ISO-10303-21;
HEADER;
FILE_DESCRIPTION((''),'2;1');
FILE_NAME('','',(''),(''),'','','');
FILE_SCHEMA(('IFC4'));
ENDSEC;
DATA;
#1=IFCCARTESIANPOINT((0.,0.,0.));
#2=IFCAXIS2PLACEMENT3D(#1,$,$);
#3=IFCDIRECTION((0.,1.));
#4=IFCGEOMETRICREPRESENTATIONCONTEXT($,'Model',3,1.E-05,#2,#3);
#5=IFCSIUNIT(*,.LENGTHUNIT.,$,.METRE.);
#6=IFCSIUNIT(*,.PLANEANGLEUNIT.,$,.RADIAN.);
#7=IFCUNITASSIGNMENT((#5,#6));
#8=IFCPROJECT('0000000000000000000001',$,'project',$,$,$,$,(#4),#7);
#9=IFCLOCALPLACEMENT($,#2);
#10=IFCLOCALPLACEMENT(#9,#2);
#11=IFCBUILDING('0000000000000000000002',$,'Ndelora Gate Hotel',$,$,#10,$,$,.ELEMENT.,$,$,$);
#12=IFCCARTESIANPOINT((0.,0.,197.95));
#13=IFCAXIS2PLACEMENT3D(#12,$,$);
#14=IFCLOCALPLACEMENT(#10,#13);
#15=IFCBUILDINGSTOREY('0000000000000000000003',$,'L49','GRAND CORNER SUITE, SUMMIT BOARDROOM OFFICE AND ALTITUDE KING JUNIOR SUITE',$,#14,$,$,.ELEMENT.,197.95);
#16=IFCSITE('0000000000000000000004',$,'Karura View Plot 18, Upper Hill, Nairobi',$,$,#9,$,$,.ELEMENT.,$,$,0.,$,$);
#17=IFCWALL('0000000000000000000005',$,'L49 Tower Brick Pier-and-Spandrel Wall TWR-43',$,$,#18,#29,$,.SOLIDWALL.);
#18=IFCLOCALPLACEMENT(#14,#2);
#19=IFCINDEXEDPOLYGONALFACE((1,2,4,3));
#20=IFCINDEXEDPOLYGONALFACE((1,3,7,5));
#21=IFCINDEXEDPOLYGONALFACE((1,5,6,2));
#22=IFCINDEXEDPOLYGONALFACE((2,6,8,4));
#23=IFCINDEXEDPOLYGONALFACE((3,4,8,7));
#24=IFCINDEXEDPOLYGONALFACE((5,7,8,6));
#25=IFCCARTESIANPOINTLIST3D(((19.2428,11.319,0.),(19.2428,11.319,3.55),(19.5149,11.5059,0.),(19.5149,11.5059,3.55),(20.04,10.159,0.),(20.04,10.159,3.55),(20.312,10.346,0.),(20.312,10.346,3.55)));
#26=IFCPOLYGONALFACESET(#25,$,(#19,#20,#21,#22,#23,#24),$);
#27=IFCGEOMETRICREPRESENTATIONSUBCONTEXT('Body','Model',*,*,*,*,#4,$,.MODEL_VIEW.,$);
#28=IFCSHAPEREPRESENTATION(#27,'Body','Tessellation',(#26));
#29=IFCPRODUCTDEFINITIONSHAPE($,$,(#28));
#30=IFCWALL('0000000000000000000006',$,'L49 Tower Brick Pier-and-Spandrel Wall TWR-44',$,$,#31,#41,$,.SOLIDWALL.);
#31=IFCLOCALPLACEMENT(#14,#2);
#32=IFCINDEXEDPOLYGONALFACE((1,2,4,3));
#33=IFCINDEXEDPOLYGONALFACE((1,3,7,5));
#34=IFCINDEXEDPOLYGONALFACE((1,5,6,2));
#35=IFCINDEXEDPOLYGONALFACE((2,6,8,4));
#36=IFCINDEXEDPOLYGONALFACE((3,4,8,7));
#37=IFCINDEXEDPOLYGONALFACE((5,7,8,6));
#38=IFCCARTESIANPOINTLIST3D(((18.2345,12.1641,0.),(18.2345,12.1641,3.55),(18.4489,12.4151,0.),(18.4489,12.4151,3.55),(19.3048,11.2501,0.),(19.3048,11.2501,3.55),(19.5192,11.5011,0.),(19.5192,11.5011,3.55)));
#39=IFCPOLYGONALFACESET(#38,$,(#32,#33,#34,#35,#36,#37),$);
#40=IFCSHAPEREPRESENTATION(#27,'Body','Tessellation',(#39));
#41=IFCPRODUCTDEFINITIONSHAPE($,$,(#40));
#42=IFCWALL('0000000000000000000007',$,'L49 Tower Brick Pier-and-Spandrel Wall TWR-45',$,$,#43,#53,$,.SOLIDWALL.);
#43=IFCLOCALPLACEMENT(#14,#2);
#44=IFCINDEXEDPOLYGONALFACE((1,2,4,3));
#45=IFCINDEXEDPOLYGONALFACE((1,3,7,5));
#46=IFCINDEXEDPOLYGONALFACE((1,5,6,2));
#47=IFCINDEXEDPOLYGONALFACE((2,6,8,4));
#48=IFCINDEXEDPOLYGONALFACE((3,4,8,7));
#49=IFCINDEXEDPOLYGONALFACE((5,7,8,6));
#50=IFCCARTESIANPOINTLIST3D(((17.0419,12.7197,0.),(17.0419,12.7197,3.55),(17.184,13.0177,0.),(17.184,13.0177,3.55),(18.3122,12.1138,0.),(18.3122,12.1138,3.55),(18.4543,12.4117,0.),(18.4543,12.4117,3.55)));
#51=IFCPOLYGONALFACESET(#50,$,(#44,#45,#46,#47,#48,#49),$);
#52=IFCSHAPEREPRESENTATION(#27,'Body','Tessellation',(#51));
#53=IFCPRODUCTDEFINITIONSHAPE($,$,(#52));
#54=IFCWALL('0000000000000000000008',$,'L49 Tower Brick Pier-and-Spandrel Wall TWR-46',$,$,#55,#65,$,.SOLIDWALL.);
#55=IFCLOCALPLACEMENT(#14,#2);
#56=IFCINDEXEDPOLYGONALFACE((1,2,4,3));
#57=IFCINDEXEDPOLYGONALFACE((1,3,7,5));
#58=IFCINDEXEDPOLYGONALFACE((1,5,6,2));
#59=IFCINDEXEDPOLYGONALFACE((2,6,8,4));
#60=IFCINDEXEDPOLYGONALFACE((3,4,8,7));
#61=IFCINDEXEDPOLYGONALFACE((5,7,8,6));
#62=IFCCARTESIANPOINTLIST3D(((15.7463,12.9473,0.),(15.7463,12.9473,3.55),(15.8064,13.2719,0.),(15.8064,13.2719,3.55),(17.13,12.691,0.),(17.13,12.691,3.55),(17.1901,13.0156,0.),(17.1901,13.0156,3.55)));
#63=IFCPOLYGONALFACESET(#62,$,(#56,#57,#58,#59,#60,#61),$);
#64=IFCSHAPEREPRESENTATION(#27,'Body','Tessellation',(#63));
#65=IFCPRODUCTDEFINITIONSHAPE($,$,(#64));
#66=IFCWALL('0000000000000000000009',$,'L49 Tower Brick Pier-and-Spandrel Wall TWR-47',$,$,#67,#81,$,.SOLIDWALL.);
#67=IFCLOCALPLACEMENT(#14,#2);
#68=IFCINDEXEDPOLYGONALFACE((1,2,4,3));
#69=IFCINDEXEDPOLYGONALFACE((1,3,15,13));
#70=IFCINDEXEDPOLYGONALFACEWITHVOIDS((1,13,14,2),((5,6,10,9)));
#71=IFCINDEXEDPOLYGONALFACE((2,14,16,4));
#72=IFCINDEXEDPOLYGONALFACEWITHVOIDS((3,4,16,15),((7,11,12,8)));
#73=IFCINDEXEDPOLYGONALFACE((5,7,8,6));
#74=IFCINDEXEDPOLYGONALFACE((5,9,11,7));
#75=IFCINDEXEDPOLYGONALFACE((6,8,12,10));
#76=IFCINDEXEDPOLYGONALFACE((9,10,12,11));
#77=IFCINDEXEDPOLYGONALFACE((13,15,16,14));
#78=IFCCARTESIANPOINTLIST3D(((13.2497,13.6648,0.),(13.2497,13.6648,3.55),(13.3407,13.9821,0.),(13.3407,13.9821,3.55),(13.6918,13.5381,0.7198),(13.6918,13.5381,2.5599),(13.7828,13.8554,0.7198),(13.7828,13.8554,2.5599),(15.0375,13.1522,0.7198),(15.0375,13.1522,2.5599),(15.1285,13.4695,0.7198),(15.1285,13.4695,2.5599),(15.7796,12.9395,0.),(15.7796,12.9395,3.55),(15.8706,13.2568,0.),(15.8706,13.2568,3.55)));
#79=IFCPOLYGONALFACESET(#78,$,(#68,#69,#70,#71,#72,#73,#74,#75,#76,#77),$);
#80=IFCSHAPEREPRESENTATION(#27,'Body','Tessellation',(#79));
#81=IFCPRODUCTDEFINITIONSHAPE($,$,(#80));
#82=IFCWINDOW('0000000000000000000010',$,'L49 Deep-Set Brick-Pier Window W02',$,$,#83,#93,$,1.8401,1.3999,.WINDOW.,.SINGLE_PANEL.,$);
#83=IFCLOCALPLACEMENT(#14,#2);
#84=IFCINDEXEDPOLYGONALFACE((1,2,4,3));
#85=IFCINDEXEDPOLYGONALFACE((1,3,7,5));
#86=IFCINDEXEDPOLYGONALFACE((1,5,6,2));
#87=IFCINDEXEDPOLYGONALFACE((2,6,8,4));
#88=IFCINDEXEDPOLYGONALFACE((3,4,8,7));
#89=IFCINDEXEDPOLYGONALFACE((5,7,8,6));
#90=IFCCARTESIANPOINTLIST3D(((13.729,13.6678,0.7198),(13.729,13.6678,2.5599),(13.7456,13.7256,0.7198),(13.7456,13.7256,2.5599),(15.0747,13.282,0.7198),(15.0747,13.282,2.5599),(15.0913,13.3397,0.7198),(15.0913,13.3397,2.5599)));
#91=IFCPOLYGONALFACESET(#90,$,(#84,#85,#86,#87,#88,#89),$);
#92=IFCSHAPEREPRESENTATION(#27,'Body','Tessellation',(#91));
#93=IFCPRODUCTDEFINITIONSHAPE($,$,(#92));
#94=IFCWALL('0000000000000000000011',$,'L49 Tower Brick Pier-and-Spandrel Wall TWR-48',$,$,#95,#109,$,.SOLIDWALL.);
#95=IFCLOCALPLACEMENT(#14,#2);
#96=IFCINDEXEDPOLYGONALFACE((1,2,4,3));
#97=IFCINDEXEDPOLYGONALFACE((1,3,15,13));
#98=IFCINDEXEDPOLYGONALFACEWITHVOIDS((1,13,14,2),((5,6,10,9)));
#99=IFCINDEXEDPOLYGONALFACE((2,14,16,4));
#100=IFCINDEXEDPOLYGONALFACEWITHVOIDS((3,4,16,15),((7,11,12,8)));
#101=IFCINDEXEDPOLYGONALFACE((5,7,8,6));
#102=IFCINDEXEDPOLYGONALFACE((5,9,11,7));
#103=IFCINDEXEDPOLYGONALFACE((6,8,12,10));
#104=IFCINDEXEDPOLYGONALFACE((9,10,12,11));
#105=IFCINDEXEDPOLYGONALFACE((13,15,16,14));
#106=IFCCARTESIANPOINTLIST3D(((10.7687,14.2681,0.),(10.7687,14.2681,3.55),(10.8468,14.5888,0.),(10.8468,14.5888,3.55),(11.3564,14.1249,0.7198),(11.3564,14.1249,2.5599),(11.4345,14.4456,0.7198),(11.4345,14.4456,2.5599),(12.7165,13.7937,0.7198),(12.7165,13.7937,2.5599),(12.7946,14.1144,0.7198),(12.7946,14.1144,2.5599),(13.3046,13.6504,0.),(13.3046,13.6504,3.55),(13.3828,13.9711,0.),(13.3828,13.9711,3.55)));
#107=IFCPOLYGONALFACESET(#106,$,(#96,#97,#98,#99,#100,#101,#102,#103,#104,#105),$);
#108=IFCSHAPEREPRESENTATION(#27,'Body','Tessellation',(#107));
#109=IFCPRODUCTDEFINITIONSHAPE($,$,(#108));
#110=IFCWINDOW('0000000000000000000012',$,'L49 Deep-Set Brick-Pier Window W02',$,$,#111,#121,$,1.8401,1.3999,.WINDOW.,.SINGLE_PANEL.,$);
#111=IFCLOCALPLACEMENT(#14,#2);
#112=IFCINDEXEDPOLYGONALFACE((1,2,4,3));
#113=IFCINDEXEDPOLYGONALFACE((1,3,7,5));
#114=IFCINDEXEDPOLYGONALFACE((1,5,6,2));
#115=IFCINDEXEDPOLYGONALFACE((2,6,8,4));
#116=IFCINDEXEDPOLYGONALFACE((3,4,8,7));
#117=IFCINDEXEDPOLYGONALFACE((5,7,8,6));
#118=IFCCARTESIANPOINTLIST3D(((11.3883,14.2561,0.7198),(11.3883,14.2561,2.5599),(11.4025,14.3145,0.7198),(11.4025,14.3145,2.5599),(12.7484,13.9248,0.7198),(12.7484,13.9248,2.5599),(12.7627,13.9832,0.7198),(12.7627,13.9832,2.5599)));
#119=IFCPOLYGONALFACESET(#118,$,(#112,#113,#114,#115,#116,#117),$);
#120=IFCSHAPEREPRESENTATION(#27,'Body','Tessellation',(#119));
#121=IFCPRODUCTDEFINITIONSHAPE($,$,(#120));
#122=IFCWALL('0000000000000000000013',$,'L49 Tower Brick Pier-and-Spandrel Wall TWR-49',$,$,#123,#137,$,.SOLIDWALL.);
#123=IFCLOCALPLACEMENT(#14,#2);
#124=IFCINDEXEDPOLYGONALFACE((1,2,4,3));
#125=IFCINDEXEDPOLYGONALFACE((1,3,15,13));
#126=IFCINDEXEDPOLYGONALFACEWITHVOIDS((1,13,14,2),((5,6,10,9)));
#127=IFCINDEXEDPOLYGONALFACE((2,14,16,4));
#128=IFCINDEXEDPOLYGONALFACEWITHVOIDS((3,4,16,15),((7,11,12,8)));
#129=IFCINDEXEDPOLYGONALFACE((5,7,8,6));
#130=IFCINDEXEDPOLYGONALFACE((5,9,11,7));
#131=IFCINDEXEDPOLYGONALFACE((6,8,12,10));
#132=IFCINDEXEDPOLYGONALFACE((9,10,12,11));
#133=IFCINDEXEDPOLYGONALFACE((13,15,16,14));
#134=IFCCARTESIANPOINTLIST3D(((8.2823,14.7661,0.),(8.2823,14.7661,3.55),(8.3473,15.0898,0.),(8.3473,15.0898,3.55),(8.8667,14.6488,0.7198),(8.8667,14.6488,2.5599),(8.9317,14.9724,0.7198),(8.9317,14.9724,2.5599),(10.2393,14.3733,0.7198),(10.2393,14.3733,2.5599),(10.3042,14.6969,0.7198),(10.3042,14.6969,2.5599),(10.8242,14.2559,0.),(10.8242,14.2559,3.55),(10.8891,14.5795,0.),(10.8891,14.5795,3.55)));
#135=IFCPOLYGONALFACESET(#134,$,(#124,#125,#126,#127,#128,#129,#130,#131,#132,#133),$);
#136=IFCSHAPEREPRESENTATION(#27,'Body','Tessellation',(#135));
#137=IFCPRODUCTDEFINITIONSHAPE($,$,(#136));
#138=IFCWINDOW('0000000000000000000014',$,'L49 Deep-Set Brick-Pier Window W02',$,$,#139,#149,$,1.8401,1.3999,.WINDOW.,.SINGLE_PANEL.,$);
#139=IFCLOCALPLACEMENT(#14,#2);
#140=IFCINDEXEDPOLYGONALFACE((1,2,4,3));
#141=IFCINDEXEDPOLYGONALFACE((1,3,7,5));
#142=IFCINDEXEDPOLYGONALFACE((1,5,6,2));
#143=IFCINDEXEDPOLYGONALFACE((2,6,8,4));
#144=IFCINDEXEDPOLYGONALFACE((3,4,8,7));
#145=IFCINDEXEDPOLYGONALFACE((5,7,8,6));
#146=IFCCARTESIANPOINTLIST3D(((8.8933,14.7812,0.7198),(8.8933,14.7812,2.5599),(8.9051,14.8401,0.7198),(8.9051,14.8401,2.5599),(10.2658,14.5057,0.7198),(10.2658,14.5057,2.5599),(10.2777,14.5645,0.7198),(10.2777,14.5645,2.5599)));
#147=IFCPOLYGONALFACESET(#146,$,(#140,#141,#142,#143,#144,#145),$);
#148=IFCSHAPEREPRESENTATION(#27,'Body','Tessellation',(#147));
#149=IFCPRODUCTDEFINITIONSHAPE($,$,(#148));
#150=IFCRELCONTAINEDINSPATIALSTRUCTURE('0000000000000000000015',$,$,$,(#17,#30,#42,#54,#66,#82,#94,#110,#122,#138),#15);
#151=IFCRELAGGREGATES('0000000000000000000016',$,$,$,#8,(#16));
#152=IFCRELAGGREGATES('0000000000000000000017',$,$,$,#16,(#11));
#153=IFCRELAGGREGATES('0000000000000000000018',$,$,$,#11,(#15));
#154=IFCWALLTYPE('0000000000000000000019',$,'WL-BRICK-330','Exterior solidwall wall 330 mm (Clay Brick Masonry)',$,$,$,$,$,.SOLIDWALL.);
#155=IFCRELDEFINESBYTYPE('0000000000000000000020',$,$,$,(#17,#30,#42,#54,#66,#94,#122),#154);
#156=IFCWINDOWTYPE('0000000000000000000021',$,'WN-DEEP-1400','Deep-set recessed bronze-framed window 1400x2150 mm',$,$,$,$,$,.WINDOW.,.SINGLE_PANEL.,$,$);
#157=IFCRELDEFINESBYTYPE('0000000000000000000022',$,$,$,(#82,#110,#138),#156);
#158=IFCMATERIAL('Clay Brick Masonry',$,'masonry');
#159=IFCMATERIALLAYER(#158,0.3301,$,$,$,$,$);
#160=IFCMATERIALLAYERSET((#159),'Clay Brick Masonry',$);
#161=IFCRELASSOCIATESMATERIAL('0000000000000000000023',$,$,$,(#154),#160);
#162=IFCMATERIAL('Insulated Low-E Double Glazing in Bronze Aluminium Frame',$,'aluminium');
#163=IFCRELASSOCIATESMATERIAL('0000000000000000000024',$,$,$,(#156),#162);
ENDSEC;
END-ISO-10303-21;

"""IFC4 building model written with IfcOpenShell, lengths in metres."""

from ifc_helpers import new_model, si_unit, direction, frame, frame_2d, origin, place, context, subcontext, project, spatial, rectangle, extrude, material, layer, layer_set, type_object, element, fill, save


model = new_model("IFC4")

# Units and contexts
model_context = context("Model", 3, precision=1e-05, world=origin(), true_north=direction((0.0, 1.0)))
body_context = subcontext(model_context, "Body", "Model", "MODEL_VIEW")
ifc_project = project(units=[si_unit("LENGTHUNIT", "METRE"), si_unit("PLANEANGLEUNIT", "RADIAN")], contexts=[model_context])

# Site, building, storey
site_placement = place(None, origin())
site = spatial("IfcSite", under=ifc_project, at=site_placement, Name="Karura View Plot 18, Upper Hill, Nairobi", CompositionType="ELEMENT", RefElevation=0.0)
building_placement = place(site_placement, origin())
building = spatial("IfcBuilding", under=site, at=building_placement, Name="Ndelora Gate Hotel", CompositionType="ELEMENT")
storey_placement = place(building_placement, frame((0.0, 0.0, 197.95)))
storey = spatial("IfcBuildingStorey", under=building, at=storey_placement, Name="L49", Description="GRAND CORNER SUITE, SUMMIT BOARDROOM OFFICE AND ALTITUDE KING JUNIOR SUITE", CompositionType="ELEMENT", Elevation=197.95)

# Walls
ifc_material_1 = material(Name="Clay Brick Masonry", Category="masonry")
ifc_layer_1 = layer(ifc_material_1, 0.3301)
ifc_layer_set_1 = layer_set([ifc_layer_1], Name="Clay Brick Masonry")
wall_type_1 = type_object("IfcWallType", Name="WL-BRICK-330", Description="Exterior solidwall wall 330 mm (Clay Brick Masonry)", PredefinedType="SOLIDWALL", material=ifc_layer_set_1)
for number, where, z_axis, x_axis, name in (
    (1, (19.3789, 11.4124, 0.0), (0.0, 0.0, 1.0), (0.566374, -0.824148, 0.0), "L49 Tower Brick Pier-and-Spandrel Wall TWR-43"),
    (2, (18.3418, 12.2896, 0.0), (0.0, 0.0, 1.0), (0.760431, -0.649419, 0.0), "L49 Tower Brick Pier-and-Spandrel Wall TWR-44"),
    (3, (17.113, 12.8687, 0.0), (0.0, 0.0, 1.0), (0.902565, -0.430553, 0.0), "L49 Tower Brick Pier-and-Spandrel Wall TWR-45"),
):
    element("IfcWall", number, at=place(storey_placement, frame(where, z_axis=z_axis, x_axis=x_axis)), inside=storey, type_object=wall_type_1, Name=name, PredefinedType="SOLIDWALL", context=body_context, shape_type="SweptSolid", body=[
        extrude(rectangle(XDim=1.4075, YDim=0.3301, at=frame_2d((0.7036, 0.0))), origin(), (0.0, 0.0, 1.0), 3.55),
    ])
wall_1_placement = place(storey_placement, frame((15.7764, 13.1096, 0.0), z_axis=(0.0, 0.0, 1.0), x_axis=(0.98327, -0.182151, 0.0)))
element("IfcWall", 4, at=wall_1_placement, inside=storey, type_object=wall_type_1, Name="L49 Tower Brick Pier-and-Spandrel Wall TWR-46", PredefinedType="SOLIDWALL", context=body_context, shape_type="SweptSolid", body=[
    extrude(rectangle(XDim=1.4072, YDim=0.3301, at=frame_2d((0.7036, 0.0))), origin(), (0.0, 0.0, 1.0), 3.55),
])

# Walls, openings, windows
wall_2_placement = place(storey_placement, frame((13.2952, 13.8235, 0.0), z_axis=(0.0, 0.0, 1.0), x_axis=(0.961268, -0.275615, 0.0)))
wall_2 = element("IfcWall", 5, at=wall_2_placement, inside=storey, type_object=wall_type_1, Name="L49 Tower Brick Pier-and-Spandrel Wall TWR-47", PredefinedType="SOLIDWALL", context=body_context, shape_type="SweptSolid", body=[
    extrude(rectangle(XDim=2.6318, YDim=0.3301, at=frame_2d((1.3159, 0.0))), origin(), (0.0, 0.0, 1.0), 3.55),
])
opening_1_placement = place(wall_2_placement, frame((0.46, 0.0, 0.72)))
opening_1 = element("IfcOpeningElement", 6, at=opening_1_placement, cuts=wall_2, PredefinedType="OPENING", context=body_context, shape_type="SweptSolid", body=[
    extrude(rectangle(XDim=1.3999, YDim=1.8401, at=frame_2d((0.7, 0.9199))), frame((0.0, 0.175, 0.0), z_axis=(0.0, -1.0, 0.0), x_axis=(1.0, 0.0, 0.0)), (0.0, 0.0, 1.0), 0.3501),
])
ifc_material_2 = material(Name="Insulated Low-E Double Glazing in Bronze Aluminium Frame", Category="aluminium")
window_type = type_object("IfcWindowType", Name="WN-DEEP-1400", Description="Deep-set recessed bronze-framed window 1400x2150 mm", PartitioningType="SINGLE_PANEL", PredefinedType="WINDOW", material=ifc_material_2)
window_1_placement = place(opening_1_placement, origin())
window_1 = element("IfcWindow", 7, at=window_1_placement, inside=storey, type_object=window_type, Name="L49 Deep-Set Brick-Pier Window W02", OverallHeight=1.8401, OverallWidth=1.3999, PartitioningType="SINGLE_PANEL", PredefinedType="WINDOW", context=body_context, shape_type="SweptSolid", body=[
    extrude(rectangle(XDim=1.3999, YDim=1.8401, at=frame_2d((0.7, 0.9199))), frame((0.0, 0.03, 0.0), z_axis=(0.0, -1.0, 0.0), x_axis=(1.0, 0.0, 0.0)), (0.0, 0.0, 1.0), 0.0601),
])
fill(opening_1, window_1)
wall_3_placement = place(storey_placement, frame((10.8076, 14.4285, 0.0), z_axis=(0.0, 0.0, 1.0), x_axis=(0.971594, -0.236655, 0.0)))
wall_3 = element("IfcWall", 8, at=wall_3_placement, inside=storey, type_object=wall_type_1, Name="L49 Tower Brick Pier-and-Spandrel Wall TWR-48", PredefinedType="SOLIDWALL", context=body_context, shape_type="SweptSolid", body=[
    extrude(rectangle(XDim=2.6101, YDim=0.3301, at=frame_2d((1.3052, 0.0))), origin(), (0.0, 0.0, 1.0), 3.55),
])
opening_2_placement = place(wall_3_placement, frame((0.605, 0.0, 0.72)))
opening_2 = element("IfcOpeningElement", 9, at=opening_2_placement, cuts=wall_3, PredefinedType="OPENING", context=body_context, shape_type="SweptSolid", body=[
    extrude(rectangle(XDim=1.3999, YDim=1.8401, at=frame_2d((0.7, 0.9199))), frame((0.0, 0.175, 0.0), z_axis=(0.0, -1.0, 0.0), x_axis=(1.0, 0.0, 0.0)), (0.0, 0.0, 1.0), 0.3501),
])
window_2_placement = place(opening_2_placement, origin())
window_2 = element("IfcWindow", 10, at=window_2_placement, inside=storey, type_object=window_type, Name="L49 Deep-Set Brick-Pier Window W02", OverallHeight=1.8401, OverallWidth=1.3999, PartitioningType="SINGLE_PANEL", PredefinedType="WINDOW", context=body_context, shape_type="SweptSolid", body=[
    extrude(rectangle(XDim=1.3999, YDim=1.8401, at=frame_2d((0.7, 0.9199))), frame((0.0, 0.03, 0.0), z_axis=(0.0, -1.0, 0.0), x_axis=(1.0, 0.0, 0.0)), (0.0, 0.0, 1.0), 0.0601),
])
fill(opening_2, window_2)
wall_4_placement = place(storey_placement, frame((8.3147, 14.928, 0.0), z_axis=(0.0, 0.0, 1.0), x_axis=(0.980439, -0.196822, 0.0)))
wall_4 = element("IfcWall", 11, at=wall_4_placement, inside=storey, type_object=wall_type_1, Name="L49 Tower Brick Pier-and-Spandrel Wall TWR-49", PredefinedType="SOLIDWALL", context=body_context, shape_type="SweptSolid", body=[
    extrude(rectangle(XDim=2.5925, YDim=0.3301, at=frame_2d((1.2964, 0.0))), origin(), (0.0, 0.0, 1.0), 3.55),
])
opening_3_placement = place(wall_4_placement, frame((0.5962, 0.0, 0.72)))
opening_3 = element("IfcOpeningElement", 12, at=opening_3_placement, cuts=wall_4, PredefinedType="OPENING", context=body_context, shape_type="SweptSolid", body=[
    extrude(rectangle(XDim=1.3999, YDim=1.8401, at=frame_2d((0.7, 0.9199))), frame((0.0, 0.175, 0.0), z_axis=(0.0, -1.0, 0.0), x_axis=(1.0, 0.0, 0.0)), (0.0, 0.0, 1.0), 0.3501),
])
window_3_placement = place(opening_3_placement, origin())
window_3 = element("IfcWindow", 13, at=window_3_placement, inside=storey, type_object=window_type, Name="L49 Deep-Set Brick-Pier Window W02", OverallHeight=1.8401, OverallWidth=1.3999, PartitioningType="SINGLE_PANEL", PredefinedType="WINDOW", context=body_context, shape_type="SweptSolid", body=[
    extrude(rectangle(XDim=1.3999, YDim=1.8401, at=frame_2d((0.7, 0.9199))), frame((0.0, 0.03, 0.0), z_axis=(0.0, -1.0, 0.0), x_axis=(1.0, 0.0, 0.0)), (0.0, 0.0, 1.0), 0.0601),
])
fill(opening_3, window_3)

save(model, "model.ifc")
